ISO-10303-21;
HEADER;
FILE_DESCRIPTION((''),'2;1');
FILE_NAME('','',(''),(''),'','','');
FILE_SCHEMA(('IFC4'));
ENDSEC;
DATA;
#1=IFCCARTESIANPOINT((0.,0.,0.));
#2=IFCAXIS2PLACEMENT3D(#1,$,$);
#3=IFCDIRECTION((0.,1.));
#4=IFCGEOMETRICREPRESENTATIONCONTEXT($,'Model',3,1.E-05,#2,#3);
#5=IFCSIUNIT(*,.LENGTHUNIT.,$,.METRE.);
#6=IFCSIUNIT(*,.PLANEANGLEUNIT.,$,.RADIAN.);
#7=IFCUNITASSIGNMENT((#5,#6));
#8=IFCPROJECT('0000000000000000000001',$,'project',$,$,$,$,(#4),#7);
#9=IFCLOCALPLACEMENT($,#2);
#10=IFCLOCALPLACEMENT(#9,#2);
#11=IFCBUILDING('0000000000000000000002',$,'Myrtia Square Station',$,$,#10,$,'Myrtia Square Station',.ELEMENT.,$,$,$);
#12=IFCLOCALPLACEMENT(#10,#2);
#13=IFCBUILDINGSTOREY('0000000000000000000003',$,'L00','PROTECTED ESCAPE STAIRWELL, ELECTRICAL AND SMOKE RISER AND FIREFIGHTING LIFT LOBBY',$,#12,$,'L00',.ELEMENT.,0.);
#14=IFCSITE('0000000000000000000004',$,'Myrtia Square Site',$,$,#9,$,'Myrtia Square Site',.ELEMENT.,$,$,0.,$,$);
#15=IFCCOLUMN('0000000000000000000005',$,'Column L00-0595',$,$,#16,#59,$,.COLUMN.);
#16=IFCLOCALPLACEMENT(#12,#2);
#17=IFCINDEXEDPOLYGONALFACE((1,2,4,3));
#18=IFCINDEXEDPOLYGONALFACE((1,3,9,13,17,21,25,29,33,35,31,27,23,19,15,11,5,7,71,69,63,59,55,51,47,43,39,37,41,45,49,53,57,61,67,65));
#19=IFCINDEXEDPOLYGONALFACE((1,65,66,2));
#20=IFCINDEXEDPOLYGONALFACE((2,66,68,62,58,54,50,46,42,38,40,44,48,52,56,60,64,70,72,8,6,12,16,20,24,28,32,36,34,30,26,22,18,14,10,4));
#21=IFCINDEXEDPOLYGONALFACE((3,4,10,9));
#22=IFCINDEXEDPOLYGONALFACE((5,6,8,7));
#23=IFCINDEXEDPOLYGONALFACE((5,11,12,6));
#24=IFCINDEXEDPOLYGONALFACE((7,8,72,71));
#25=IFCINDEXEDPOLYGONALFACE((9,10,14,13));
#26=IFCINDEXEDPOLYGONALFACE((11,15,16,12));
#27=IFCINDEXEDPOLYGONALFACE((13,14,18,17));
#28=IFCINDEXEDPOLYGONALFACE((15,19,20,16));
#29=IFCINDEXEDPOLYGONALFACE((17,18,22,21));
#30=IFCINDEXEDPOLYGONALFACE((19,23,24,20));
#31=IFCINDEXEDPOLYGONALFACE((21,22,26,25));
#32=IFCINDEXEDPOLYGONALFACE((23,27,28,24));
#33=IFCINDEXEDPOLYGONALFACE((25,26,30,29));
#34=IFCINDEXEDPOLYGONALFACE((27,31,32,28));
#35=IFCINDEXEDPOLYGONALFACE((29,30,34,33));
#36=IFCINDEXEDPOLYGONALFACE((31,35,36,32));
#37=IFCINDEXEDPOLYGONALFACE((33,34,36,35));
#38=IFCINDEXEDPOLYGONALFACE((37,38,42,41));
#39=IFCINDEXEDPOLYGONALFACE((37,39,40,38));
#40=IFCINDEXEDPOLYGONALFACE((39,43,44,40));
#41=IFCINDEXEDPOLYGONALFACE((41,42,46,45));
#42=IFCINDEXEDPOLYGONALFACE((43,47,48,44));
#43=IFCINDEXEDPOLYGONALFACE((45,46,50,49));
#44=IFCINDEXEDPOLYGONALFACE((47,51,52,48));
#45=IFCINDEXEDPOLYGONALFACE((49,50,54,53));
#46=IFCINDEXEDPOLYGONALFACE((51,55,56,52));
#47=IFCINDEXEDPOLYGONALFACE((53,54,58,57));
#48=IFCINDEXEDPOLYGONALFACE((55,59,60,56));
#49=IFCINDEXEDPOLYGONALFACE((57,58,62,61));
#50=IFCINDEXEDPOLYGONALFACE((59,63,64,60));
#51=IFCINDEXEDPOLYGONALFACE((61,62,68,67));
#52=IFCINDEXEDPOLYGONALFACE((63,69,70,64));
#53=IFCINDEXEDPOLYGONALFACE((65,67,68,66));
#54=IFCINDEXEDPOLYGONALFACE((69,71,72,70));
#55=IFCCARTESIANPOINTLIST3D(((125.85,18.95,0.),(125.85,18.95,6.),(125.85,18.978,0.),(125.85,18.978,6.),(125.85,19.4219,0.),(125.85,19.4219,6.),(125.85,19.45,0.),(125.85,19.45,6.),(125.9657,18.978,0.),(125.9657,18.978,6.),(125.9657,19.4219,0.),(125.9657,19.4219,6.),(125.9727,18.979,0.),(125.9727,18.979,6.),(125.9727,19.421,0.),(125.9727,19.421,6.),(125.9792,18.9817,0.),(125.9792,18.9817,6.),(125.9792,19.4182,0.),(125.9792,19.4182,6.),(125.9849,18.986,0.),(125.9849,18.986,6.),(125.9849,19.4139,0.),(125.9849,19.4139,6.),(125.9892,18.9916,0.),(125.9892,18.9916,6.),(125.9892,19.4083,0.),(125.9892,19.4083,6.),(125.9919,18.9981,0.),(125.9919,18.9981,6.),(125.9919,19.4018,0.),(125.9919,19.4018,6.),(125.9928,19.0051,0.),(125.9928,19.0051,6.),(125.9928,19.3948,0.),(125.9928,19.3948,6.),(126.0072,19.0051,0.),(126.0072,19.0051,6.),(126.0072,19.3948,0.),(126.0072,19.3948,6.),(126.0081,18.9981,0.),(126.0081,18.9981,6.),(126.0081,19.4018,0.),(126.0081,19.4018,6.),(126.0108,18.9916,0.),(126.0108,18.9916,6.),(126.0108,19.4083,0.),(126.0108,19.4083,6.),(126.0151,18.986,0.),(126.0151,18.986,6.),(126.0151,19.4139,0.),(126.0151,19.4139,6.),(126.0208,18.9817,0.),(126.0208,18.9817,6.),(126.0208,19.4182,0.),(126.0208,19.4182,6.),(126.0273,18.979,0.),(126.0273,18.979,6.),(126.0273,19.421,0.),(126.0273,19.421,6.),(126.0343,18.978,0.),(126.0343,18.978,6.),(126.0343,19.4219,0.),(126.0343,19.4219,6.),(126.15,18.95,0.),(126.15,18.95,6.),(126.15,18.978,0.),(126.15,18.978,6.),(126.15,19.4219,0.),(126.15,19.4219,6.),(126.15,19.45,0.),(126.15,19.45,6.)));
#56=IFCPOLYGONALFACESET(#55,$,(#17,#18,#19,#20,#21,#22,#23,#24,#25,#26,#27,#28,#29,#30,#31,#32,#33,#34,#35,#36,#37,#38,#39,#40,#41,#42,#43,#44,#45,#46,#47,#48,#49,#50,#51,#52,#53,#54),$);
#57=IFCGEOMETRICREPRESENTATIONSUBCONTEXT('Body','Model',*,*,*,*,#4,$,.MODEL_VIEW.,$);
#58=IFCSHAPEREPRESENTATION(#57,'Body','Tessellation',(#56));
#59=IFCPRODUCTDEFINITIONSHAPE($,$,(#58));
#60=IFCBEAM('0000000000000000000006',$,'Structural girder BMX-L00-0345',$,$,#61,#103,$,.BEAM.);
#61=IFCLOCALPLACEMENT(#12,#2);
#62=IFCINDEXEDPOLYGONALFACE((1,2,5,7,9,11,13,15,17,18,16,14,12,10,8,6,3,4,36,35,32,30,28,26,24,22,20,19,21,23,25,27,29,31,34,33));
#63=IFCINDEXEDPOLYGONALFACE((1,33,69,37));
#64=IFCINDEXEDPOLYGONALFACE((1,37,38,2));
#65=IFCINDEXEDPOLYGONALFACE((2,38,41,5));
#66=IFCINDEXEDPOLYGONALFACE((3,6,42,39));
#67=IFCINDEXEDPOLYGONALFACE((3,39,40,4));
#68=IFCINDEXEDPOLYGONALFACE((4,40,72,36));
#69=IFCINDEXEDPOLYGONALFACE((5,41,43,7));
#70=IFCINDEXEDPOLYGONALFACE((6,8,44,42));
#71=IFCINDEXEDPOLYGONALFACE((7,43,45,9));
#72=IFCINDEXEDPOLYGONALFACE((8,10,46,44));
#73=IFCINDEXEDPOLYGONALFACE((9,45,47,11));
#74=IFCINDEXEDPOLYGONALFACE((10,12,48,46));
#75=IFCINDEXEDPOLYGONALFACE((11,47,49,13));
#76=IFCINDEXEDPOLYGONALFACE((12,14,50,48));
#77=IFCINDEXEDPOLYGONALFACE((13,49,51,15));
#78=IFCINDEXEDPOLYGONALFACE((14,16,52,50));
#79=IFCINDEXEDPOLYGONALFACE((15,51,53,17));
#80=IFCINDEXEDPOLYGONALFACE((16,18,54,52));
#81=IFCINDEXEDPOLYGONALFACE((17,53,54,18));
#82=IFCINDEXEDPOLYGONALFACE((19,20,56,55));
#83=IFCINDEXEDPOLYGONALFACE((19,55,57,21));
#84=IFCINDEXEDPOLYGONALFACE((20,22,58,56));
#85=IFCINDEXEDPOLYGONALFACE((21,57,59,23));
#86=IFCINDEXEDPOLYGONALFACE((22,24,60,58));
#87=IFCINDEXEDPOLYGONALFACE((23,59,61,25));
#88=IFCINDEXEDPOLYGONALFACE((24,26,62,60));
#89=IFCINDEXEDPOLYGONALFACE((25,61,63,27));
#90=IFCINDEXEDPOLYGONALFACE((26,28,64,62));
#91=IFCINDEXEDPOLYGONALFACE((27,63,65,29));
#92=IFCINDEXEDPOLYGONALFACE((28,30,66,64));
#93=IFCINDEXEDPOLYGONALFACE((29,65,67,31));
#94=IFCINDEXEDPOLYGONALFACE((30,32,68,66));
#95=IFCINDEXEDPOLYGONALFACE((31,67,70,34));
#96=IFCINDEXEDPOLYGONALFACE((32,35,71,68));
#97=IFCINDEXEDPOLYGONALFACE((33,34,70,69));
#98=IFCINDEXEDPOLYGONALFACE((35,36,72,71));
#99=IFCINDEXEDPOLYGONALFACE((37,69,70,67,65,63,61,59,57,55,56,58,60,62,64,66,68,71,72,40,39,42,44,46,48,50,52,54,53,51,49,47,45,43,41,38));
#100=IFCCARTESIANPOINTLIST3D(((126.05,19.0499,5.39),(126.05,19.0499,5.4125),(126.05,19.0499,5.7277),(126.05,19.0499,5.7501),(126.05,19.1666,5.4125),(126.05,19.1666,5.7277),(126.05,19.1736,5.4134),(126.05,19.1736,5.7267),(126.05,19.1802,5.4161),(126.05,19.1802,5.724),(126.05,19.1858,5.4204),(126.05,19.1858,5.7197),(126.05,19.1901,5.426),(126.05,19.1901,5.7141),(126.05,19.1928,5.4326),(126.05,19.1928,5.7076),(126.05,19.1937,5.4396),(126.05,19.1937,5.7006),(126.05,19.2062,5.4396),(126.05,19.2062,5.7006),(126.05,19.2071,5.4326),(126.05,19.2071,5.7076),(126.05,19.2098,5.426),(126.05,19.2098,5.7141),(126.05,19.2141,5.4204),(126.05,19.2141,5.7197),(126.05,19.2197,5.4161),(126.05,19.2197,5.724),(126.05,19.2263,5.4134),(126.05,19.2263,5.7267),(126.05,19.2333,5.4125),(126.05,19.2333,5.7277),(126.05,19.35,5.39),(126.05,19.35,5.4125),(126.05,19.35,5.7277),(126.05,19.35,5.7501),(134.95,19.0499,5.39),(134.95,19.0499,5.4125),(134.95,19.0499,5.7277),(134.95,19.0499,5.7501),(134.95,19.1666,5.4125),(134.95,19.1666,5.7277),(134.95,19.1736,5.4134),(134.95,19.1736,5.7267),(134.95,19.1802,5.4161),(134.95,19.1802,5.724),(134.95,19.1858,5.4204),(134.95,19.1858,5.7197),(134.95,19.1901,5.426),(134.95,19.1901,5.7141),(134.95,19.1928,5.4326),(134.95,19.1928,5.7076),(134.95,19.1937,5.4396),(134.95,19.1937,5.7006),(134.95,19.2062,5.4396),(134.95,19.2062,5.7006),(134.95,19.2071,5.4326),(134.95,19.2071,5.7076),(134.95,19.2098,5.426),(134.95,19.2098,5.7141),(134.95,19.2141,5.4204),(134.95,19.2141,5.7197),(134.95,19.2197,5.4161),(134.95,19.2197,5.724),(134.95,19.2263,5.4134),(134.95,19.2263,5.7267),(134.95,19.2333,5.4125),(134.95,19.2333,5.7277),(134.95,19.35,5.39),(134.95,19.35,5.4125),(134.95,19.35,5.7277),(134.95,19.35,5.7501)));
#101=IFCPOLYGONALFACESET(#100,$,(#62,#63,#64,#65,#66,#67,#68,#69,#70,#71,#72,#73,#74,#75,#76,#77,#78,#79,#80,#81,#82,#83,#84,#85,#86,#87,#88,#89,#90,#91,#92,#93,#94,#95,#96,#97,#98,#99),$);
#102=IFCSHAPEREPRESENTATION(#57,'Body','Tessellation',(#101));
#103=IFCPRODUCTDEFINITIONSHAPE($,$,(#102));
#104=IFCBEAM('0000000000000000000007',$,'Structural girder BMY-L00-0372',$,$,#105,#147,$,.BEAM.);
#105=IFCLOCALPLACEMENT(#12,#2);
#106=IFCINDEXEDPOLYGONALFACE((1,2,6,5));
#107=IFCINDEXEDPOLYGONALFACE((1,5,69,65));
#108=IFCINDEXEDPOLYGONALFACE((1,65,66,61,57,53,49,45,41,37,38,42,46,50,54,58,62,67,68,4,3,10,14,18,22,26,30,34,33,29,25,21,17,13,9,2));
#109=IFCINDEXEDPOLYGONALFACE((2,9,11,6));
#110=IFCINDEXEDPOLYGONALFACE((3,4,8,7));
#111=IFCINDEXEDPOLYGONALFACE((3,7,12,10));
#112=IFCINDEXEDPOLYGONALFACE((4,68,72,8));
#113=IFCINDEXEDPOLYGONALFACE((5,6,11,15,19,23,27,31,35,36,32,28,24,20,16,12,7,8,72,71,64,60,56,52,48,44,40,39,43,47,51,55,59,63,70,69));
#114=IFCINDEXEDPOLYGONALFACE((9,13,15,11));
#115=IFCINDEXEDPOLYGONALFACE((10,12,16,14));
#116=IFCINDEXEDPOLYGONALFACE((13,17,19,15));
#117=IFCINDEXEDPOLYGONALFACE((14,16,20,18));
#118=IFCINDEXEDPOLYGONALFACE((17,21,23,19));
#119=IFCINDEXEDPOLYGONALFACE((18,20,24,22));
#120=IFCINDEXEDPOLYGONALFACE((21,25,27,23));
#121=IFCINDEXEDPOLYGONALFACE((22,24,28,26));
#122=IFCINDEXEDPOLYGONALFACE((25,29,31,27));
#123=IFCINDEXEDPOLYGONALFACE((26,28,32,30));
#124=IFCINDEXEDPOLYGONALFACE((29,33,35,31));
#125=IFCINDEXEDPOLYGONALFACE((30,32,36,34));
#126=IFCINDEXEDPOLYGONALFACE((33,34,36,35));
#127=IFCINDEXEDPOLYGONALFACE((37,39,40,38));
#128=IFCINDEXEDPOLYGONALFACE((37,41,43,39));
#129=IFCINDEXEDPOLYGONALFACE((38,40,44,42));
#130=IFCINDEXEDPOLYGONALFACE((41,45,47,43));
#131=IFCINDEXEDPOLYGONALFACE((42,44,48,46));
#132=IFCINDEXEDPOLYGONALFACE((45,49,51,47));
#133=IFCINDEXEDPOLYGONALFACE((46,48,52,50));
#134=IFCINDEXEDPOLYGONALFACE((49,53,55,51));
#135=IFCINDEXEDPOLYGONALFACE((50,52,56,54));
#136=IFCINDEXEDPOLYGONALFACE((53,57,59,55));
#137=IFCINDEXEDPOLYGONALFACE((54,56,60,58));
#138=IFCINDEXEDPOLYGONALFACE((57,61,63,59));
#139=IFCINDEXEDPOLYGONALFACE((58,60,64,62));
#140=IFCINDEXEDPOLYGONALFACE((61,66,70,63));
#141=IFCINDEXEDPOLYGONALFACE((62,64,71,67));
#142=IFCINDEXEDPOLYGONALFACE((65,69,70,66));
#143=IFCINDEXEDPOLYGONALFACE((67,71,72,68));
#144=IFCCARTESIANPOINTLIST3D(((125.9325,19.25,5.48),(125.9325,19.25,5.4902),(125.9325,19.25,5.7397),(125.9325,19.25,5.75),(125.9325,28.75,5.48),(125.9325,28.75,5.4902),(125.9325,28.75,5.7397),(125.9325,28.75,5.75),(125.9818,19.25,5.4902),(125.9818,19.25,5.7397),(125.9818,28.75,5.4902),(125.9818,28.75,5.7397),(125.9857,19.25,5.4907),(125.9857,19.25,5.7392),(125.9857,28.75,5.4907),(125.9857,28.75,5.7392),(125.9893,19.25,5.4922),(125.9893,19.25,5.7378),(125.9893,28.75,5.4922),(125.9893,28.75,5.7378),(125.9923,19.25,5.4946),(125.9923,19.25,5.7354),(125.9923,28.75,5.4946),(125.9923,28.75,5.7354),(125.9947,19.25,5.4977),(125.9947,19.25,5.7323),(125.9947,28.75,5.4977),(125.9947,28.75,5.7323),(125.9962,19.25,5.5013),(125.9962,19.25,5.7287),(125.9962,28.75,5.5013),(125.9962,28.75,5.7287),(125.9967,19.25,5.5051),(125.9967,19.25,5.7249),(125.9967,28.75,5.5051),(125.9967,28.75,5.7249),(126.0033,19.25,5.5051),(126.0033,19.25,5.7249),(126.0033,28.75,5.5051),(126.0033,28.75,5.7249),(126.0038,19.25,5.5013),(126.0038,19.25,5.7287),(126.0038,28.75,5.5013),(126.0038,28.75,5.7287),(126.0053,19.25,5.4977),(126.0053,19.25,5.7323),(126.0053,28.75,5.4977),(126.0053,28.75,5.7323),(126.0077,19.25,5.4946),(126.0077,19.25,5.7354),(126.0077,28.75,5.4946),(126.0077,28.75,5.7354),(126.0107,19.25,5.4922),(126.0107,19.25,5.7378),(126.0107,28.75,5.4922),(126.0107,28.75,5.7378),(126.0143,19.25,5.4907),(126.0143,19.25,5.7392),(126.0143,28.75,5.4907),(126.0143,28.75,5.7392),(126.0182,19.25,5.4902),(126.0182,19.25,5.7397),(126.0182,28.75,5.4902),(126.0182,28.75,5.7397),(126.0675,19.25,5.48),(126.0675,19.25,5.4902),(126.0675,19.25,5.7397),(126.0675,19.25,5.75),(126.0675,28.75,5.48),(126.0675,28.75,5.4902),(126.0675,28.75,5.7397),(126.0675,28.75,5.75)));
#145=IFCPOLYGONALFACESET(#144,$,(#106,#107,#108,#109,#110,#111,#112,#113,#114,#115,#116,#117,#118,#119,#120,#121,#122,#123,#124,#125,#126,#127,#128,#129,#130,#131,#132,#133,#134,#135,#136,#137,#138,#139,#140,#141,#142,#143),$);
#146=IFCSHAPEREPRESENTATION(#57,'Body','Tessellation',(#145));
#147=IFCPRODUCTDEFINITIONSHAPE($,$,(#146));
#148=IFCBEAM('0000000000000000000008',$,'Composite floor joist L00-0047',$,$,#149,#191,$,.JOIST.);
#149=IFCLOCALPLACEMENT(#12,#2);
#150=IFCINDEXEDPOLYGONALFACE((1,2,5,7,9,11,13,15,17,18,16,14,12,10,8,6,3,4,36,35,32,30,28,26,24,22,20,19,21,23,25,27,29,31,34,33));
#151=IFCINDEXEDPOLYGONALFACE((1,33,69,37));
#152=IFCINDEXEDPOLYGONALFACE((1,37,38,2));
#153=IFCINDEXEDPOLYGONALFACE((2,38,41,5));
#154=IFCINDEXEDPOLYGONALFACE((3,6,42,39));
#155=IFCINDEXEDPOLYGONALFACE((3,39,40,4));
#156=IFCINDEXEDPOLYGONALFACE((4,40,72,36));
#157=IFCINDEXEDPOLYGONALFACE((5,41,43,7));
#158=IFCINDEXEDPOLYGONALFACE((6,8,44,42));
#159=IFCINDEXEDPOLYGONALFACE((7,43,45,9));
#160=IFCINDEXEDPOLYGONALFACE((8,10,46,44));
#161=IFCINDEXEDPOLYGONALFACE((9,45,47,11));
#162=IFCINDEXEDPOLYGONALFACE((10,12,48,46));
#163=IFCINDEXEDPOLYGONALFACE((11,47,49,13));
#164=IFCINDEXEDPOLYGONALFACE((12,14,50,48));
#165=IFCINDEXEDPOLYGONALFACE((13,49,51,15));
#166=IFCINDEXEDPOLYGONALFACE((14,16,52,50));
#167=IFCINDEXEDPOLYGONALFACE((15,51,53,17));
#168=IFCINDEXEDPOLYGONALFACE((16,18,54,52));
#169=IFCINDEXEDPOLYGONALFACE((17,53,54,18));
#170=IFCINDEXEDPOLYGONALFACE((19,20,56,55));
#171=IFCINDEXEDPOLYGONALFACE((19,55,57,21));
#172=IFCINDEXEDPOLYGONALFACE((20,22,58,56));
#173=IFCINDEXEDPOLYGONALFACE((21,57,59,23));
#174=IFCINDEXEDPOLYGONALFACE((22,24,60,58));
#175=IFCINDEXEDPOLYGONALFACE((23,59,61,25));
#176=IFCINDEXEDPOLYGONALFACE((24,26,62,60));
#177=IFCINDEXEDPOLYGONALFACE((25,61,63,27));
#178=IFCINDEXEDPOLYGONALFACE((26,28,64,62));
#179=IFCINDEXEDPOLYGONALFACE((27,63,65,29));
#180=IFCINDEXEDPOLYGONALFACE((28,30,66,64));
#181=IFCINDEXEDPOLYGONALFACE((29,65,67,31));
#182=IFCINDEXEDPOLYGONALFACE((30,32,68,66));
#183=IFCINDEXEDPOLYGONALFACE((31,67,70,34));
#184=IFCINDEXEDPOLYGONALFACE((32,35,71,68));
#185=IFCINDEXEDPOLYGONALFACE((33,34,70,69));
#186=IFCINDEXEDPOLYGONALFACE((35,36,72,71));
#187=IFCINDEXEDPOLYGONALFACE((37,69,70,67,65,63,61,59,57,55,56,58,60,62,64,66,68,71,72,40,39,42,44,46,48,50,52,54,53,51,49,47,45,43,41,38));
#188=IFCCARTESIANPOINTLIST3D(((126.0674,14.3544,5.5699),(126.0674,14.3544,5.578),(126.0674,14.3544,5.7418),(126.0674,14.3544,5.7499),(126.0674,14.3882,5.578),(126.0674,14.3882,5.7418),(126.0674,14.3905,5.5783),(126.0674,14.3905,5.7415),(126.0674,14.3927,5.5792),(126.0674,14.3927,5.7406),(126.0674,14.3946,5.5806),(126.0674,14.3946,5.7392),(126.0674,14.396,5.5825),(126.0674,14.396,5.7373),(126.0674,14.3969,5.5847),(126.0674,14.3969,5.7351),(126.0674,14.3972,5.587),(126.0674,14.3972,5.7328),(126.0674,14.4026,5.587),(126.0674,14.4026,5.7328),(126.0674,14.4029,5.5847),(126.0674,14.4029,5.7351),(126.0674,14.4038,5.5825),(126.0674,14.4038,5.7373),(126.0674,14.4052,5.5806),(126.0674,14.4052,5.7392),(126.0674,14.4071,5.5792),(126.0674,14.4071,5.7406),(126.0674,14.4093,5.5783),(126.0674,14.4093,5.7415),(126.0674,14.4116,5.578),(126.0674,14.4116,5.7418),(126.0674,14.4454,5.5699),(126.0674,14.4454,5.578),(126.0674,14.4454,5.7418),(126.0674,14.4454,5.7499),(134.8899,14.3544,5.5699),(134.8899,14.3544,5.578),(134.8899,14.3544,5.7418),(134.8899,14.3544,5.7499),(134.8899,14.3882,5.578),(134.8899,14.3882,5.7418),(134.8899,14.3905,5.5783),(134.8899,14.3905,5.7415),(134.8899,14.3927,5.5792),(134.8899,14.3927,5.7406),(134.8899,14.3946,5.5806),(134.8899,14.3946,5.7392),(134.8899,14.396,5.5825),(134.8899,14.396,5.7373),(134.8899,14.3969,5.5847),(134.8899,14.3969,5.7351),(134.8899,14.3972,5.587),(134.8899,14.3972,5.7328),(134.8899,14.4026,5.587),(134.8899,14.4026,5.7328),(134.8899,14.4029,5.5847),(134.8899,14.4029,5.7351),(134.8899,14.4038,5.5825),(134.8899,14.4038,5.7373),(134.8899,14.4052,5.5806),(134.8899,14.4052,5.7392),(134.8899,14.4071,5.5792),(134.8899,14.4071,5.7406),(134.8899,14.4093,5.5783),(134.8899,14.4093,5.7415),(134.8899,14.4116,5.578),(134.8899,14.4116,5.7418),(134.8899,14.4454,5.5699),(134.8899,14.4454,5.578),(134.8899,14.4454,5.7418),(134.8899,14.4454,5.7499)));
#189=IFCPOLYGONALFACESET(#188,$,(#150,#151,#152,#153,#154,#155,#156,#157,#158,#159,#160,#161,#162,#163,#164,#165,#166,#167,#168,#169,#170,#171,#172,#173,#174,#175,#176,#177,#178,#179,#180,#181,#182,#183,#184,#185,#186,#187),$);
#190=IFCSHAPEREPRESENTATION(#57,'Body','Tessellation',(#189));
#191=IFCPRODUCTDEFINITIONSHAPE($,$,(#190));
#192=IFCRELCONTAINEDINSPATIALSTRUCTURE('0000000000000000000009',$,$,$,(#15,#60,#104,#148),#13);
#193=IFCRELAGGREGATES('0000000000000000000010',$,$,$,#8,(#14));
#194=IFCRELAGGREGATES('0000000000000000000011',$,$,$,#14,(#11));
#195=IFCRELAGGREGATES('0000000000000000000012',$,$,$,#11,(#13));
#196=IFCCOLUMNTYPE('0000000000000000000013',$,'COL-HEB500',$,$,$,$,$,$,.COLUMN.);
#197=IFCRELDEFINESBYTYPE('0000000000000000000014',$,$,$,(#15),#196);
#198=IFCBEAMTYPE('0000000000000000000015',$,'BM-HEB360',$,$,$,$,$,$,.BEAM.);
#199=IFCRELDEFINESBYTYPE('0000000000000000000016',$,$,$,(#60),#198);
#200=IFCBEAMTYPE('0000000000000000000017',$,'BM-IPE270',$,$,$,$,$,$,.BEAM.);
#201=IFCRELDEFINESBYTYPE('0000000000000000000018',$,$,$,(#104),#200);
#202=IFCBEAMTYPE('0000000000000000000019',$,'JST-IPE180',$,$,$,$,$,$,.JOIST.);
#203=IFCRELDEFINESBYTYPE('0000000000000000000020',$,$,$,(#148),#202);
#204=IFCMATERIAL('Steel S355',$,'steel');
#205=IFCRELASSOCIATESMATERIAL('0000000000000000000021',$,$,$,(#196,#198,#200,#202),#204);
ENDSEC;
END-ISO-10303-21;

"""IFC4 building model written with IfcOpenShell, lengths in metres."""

from ifc_helpers import new_model, si_unit, direction, frame, origin, origin_2d, place, context, subcontext, project, spatial, i_section, extrude, material, material_profile, profile_set, type_object, element, save


model = new_model("IFC4")

# Units and contexts
model_context = context("Model", 3, precision=1e-05, world=origin(), true_north=direction((0.0, 1.0)))
body_context = subcontext(model_context, "Body", "Model", "MODEL_VIEW")
ifc_project = project(units=[si_unit("LENGTHUNIT", "METRE"), si_unit("PLANEANGLEUNIT", "RADIAN")], contexts=[model_context])

# Site, building, storey
site_placement = place(None, origin())
site = spatial("IfcSite", under=ifc_project, at=site_placement, Name="Myrtia Square Site", LongName="Myrtia Square Site", CompositionType="ELEMENT", RefElevation=0.0)
building_placement = place(site_placement, origin())
building = spatial("IfcBuilding", under=site, at=building_placement, Name="Myrtia Square Station", LongName="Myrtia Square Station", CompositionType="ELEMENT")
storey_placement = place(building_placement, origin())
storey = spatial("IfcBuildingStorey", under=building, at=storey_placement, Name="L00", Description="PROTECTED ESCAPE STAIRWELL, ELECTRICAL AND SMOKE RISER AND FIREFIGHTING LIFT LOBBY", LongName="L00", CompositionType="ELEMENT", Elevation=0.0)

# Column
ifc_material_1 = material(Name="Steel S355", Category="steel")
ifc_material_profile_1 = material_profile(ifc_material_1, i_section(OverallWidth=0.3, OverallDepth=0.5, WebThickness=0.0144, FlangeThickness=0.0281, FilletRadius=0.0271, at=origin_2d()), Name="HEB 500")
ifc_profile_set_1 = profile_set([ifc_material_profile_1], Name="Steel S355")
column_type = type_object("IfcColumnType", Name="COL-HEB500", PredefinedType="COLUMN", material=ifc_profile_set_1)
column_placement = place(storey_placement, frame((126.0, 19.2, 0.0), z_axis=(0.0, 0.0, 1.0), x_axis=(1.0, 0.0, 0.0)))
element("IfcColumn", 1, at=column_placement, inside=storey, type_object=column_type, Name="Column L00-0595", PredefinedType="COLUMN", context=body_context, shape_type="SweptSolid", body=[
    extrude(i_section(OverallWidth=0.3, OverallDepth=0.5, WebThickness=0.0144, FlangeThickness=0.0281, FilletRadius=0.0271, at=origin_2d()), origin(), (0.0, 0.0, 1.0), 6.0),
])

# Beams
ifc_material_profile_2 = material_profile(ifc_material_1, i_section(OverallWidth=0.3, OverallDepth=0.3601, WebThickness=0.0125, FlangeThickness=0.0225, FilletRadius=0.0271, at=origin_2d()), Name="HEB 360")
ifc_profile_set_2 = profile_set([ifc_material_profile_2], Name="Steel S355")
beam_type_1 = type_object("IfcBeamType", Name="BM-HEB360", PredefinedType="BEAM", material=ifc_profile_set_2)
beam_1_placement = place(storey_placement, frame((126.05, 19.2, 5.5701), z_axis=(1.0, 0.0, 0.0), x_axis=(0.0, 1.0, 0.0)))
element("IfcBeam", 2, at=beam_1_placement, inside=storey, type_object=beam_type_1, Name="Structural girder BMX-L00-0345", PredefinedType="BEAM", context=body_context, shape_type="SweptSolid", body=[
    extrude(i_section(OverallWidth=0.3, OverallDepth=0.3601, WebThickness=0.0125, FlangeThickness=0.0225, FilletRadius=0.0271, at=origin_2d()), origin(), (0.0, 0.0, 1.0), 8.8999),
])
ifc_material_profile_3 = material_profile(ifc_material_1, i_section(OverallWidth=0.135, OverallDepth=0.27, WebThickness=0.0066, FlangeThickness=0.0103, FilletRadius=0.0149, at=origin_2d()), Name="IPE 270")
ifc_profile_set_3 = profile_set([ifc_material_profile_3], Name="Steel S355")
beam_type_2 = type_object("IfcBeamType", Name="BM-IPE270", PredefinedType="BEAM", material=ifc_profile_set_3)
beam_2_placement = place(storey_placement, frame((126.0, 19.25, 5.615), z_axis=(0.0, 1.0, 0.0), x_axis=(-1.0, 0.0, 0.0)))
element("IfcBeam", 3, at=beam_2_placement, inside=storey, type_object=beam_type_2, Name="Structural girder BMY-L00-0372", PredefinedType="BEAM", context=body_context, shape_type="SweptSolid", body=[
    extrude(i_section(OverallWidth=0.135, OverallDepth=0.27, WebThickness=0.0066, FlangeThickness=0.0103, FilletRadius=0.0149, at=origin_2d()), origin(), (0.0, 0.0, 1.0), 9.5),
])
ifc_material_profile_4 = material_profile(ifc_material_1, i_section(OverallWidth=0.0911, OverallDepth=0.1799, WebThickness=0.0054, FlangeThickness=0.0081, FilletRadius=0.009, at=origin_2d()), Name="IPE 180")
ifc_profile_set_4 = profile_set([ifc_material_profile_4], Name="Steel S355")
beam_type_3 = type_object("IfcBeamType", Name="JST-IPE180", PredefinedType="JOIST", material=ifc_profile_set_4)
beam_3_placement = place(storey_placement, frame((126.0674, 14.3999, 5.6599), z_axis=(1.0, 0.0, 0.0), x_axis=(0.0, 1.0, 0.0)))
element("IfcBeam", 4, at=beam_3_placement, inside=storey, type_object=beam_type_3, Name="Composite floor joist L00-0047", PredefinedType="JOIST", context=body_context, shape_type="SweptSolid", body=[
    extrude(i_section(OverallWidth=0.0911, OverallDepth=0.1799, WebThickness=0.0054, FlangeThickness=0.0081, FilletRadius=0.009, at=origin_2d()), origin(), (0.0, 0.0, 1.0), 8.8225),
])

save(model, "model.ifc")
